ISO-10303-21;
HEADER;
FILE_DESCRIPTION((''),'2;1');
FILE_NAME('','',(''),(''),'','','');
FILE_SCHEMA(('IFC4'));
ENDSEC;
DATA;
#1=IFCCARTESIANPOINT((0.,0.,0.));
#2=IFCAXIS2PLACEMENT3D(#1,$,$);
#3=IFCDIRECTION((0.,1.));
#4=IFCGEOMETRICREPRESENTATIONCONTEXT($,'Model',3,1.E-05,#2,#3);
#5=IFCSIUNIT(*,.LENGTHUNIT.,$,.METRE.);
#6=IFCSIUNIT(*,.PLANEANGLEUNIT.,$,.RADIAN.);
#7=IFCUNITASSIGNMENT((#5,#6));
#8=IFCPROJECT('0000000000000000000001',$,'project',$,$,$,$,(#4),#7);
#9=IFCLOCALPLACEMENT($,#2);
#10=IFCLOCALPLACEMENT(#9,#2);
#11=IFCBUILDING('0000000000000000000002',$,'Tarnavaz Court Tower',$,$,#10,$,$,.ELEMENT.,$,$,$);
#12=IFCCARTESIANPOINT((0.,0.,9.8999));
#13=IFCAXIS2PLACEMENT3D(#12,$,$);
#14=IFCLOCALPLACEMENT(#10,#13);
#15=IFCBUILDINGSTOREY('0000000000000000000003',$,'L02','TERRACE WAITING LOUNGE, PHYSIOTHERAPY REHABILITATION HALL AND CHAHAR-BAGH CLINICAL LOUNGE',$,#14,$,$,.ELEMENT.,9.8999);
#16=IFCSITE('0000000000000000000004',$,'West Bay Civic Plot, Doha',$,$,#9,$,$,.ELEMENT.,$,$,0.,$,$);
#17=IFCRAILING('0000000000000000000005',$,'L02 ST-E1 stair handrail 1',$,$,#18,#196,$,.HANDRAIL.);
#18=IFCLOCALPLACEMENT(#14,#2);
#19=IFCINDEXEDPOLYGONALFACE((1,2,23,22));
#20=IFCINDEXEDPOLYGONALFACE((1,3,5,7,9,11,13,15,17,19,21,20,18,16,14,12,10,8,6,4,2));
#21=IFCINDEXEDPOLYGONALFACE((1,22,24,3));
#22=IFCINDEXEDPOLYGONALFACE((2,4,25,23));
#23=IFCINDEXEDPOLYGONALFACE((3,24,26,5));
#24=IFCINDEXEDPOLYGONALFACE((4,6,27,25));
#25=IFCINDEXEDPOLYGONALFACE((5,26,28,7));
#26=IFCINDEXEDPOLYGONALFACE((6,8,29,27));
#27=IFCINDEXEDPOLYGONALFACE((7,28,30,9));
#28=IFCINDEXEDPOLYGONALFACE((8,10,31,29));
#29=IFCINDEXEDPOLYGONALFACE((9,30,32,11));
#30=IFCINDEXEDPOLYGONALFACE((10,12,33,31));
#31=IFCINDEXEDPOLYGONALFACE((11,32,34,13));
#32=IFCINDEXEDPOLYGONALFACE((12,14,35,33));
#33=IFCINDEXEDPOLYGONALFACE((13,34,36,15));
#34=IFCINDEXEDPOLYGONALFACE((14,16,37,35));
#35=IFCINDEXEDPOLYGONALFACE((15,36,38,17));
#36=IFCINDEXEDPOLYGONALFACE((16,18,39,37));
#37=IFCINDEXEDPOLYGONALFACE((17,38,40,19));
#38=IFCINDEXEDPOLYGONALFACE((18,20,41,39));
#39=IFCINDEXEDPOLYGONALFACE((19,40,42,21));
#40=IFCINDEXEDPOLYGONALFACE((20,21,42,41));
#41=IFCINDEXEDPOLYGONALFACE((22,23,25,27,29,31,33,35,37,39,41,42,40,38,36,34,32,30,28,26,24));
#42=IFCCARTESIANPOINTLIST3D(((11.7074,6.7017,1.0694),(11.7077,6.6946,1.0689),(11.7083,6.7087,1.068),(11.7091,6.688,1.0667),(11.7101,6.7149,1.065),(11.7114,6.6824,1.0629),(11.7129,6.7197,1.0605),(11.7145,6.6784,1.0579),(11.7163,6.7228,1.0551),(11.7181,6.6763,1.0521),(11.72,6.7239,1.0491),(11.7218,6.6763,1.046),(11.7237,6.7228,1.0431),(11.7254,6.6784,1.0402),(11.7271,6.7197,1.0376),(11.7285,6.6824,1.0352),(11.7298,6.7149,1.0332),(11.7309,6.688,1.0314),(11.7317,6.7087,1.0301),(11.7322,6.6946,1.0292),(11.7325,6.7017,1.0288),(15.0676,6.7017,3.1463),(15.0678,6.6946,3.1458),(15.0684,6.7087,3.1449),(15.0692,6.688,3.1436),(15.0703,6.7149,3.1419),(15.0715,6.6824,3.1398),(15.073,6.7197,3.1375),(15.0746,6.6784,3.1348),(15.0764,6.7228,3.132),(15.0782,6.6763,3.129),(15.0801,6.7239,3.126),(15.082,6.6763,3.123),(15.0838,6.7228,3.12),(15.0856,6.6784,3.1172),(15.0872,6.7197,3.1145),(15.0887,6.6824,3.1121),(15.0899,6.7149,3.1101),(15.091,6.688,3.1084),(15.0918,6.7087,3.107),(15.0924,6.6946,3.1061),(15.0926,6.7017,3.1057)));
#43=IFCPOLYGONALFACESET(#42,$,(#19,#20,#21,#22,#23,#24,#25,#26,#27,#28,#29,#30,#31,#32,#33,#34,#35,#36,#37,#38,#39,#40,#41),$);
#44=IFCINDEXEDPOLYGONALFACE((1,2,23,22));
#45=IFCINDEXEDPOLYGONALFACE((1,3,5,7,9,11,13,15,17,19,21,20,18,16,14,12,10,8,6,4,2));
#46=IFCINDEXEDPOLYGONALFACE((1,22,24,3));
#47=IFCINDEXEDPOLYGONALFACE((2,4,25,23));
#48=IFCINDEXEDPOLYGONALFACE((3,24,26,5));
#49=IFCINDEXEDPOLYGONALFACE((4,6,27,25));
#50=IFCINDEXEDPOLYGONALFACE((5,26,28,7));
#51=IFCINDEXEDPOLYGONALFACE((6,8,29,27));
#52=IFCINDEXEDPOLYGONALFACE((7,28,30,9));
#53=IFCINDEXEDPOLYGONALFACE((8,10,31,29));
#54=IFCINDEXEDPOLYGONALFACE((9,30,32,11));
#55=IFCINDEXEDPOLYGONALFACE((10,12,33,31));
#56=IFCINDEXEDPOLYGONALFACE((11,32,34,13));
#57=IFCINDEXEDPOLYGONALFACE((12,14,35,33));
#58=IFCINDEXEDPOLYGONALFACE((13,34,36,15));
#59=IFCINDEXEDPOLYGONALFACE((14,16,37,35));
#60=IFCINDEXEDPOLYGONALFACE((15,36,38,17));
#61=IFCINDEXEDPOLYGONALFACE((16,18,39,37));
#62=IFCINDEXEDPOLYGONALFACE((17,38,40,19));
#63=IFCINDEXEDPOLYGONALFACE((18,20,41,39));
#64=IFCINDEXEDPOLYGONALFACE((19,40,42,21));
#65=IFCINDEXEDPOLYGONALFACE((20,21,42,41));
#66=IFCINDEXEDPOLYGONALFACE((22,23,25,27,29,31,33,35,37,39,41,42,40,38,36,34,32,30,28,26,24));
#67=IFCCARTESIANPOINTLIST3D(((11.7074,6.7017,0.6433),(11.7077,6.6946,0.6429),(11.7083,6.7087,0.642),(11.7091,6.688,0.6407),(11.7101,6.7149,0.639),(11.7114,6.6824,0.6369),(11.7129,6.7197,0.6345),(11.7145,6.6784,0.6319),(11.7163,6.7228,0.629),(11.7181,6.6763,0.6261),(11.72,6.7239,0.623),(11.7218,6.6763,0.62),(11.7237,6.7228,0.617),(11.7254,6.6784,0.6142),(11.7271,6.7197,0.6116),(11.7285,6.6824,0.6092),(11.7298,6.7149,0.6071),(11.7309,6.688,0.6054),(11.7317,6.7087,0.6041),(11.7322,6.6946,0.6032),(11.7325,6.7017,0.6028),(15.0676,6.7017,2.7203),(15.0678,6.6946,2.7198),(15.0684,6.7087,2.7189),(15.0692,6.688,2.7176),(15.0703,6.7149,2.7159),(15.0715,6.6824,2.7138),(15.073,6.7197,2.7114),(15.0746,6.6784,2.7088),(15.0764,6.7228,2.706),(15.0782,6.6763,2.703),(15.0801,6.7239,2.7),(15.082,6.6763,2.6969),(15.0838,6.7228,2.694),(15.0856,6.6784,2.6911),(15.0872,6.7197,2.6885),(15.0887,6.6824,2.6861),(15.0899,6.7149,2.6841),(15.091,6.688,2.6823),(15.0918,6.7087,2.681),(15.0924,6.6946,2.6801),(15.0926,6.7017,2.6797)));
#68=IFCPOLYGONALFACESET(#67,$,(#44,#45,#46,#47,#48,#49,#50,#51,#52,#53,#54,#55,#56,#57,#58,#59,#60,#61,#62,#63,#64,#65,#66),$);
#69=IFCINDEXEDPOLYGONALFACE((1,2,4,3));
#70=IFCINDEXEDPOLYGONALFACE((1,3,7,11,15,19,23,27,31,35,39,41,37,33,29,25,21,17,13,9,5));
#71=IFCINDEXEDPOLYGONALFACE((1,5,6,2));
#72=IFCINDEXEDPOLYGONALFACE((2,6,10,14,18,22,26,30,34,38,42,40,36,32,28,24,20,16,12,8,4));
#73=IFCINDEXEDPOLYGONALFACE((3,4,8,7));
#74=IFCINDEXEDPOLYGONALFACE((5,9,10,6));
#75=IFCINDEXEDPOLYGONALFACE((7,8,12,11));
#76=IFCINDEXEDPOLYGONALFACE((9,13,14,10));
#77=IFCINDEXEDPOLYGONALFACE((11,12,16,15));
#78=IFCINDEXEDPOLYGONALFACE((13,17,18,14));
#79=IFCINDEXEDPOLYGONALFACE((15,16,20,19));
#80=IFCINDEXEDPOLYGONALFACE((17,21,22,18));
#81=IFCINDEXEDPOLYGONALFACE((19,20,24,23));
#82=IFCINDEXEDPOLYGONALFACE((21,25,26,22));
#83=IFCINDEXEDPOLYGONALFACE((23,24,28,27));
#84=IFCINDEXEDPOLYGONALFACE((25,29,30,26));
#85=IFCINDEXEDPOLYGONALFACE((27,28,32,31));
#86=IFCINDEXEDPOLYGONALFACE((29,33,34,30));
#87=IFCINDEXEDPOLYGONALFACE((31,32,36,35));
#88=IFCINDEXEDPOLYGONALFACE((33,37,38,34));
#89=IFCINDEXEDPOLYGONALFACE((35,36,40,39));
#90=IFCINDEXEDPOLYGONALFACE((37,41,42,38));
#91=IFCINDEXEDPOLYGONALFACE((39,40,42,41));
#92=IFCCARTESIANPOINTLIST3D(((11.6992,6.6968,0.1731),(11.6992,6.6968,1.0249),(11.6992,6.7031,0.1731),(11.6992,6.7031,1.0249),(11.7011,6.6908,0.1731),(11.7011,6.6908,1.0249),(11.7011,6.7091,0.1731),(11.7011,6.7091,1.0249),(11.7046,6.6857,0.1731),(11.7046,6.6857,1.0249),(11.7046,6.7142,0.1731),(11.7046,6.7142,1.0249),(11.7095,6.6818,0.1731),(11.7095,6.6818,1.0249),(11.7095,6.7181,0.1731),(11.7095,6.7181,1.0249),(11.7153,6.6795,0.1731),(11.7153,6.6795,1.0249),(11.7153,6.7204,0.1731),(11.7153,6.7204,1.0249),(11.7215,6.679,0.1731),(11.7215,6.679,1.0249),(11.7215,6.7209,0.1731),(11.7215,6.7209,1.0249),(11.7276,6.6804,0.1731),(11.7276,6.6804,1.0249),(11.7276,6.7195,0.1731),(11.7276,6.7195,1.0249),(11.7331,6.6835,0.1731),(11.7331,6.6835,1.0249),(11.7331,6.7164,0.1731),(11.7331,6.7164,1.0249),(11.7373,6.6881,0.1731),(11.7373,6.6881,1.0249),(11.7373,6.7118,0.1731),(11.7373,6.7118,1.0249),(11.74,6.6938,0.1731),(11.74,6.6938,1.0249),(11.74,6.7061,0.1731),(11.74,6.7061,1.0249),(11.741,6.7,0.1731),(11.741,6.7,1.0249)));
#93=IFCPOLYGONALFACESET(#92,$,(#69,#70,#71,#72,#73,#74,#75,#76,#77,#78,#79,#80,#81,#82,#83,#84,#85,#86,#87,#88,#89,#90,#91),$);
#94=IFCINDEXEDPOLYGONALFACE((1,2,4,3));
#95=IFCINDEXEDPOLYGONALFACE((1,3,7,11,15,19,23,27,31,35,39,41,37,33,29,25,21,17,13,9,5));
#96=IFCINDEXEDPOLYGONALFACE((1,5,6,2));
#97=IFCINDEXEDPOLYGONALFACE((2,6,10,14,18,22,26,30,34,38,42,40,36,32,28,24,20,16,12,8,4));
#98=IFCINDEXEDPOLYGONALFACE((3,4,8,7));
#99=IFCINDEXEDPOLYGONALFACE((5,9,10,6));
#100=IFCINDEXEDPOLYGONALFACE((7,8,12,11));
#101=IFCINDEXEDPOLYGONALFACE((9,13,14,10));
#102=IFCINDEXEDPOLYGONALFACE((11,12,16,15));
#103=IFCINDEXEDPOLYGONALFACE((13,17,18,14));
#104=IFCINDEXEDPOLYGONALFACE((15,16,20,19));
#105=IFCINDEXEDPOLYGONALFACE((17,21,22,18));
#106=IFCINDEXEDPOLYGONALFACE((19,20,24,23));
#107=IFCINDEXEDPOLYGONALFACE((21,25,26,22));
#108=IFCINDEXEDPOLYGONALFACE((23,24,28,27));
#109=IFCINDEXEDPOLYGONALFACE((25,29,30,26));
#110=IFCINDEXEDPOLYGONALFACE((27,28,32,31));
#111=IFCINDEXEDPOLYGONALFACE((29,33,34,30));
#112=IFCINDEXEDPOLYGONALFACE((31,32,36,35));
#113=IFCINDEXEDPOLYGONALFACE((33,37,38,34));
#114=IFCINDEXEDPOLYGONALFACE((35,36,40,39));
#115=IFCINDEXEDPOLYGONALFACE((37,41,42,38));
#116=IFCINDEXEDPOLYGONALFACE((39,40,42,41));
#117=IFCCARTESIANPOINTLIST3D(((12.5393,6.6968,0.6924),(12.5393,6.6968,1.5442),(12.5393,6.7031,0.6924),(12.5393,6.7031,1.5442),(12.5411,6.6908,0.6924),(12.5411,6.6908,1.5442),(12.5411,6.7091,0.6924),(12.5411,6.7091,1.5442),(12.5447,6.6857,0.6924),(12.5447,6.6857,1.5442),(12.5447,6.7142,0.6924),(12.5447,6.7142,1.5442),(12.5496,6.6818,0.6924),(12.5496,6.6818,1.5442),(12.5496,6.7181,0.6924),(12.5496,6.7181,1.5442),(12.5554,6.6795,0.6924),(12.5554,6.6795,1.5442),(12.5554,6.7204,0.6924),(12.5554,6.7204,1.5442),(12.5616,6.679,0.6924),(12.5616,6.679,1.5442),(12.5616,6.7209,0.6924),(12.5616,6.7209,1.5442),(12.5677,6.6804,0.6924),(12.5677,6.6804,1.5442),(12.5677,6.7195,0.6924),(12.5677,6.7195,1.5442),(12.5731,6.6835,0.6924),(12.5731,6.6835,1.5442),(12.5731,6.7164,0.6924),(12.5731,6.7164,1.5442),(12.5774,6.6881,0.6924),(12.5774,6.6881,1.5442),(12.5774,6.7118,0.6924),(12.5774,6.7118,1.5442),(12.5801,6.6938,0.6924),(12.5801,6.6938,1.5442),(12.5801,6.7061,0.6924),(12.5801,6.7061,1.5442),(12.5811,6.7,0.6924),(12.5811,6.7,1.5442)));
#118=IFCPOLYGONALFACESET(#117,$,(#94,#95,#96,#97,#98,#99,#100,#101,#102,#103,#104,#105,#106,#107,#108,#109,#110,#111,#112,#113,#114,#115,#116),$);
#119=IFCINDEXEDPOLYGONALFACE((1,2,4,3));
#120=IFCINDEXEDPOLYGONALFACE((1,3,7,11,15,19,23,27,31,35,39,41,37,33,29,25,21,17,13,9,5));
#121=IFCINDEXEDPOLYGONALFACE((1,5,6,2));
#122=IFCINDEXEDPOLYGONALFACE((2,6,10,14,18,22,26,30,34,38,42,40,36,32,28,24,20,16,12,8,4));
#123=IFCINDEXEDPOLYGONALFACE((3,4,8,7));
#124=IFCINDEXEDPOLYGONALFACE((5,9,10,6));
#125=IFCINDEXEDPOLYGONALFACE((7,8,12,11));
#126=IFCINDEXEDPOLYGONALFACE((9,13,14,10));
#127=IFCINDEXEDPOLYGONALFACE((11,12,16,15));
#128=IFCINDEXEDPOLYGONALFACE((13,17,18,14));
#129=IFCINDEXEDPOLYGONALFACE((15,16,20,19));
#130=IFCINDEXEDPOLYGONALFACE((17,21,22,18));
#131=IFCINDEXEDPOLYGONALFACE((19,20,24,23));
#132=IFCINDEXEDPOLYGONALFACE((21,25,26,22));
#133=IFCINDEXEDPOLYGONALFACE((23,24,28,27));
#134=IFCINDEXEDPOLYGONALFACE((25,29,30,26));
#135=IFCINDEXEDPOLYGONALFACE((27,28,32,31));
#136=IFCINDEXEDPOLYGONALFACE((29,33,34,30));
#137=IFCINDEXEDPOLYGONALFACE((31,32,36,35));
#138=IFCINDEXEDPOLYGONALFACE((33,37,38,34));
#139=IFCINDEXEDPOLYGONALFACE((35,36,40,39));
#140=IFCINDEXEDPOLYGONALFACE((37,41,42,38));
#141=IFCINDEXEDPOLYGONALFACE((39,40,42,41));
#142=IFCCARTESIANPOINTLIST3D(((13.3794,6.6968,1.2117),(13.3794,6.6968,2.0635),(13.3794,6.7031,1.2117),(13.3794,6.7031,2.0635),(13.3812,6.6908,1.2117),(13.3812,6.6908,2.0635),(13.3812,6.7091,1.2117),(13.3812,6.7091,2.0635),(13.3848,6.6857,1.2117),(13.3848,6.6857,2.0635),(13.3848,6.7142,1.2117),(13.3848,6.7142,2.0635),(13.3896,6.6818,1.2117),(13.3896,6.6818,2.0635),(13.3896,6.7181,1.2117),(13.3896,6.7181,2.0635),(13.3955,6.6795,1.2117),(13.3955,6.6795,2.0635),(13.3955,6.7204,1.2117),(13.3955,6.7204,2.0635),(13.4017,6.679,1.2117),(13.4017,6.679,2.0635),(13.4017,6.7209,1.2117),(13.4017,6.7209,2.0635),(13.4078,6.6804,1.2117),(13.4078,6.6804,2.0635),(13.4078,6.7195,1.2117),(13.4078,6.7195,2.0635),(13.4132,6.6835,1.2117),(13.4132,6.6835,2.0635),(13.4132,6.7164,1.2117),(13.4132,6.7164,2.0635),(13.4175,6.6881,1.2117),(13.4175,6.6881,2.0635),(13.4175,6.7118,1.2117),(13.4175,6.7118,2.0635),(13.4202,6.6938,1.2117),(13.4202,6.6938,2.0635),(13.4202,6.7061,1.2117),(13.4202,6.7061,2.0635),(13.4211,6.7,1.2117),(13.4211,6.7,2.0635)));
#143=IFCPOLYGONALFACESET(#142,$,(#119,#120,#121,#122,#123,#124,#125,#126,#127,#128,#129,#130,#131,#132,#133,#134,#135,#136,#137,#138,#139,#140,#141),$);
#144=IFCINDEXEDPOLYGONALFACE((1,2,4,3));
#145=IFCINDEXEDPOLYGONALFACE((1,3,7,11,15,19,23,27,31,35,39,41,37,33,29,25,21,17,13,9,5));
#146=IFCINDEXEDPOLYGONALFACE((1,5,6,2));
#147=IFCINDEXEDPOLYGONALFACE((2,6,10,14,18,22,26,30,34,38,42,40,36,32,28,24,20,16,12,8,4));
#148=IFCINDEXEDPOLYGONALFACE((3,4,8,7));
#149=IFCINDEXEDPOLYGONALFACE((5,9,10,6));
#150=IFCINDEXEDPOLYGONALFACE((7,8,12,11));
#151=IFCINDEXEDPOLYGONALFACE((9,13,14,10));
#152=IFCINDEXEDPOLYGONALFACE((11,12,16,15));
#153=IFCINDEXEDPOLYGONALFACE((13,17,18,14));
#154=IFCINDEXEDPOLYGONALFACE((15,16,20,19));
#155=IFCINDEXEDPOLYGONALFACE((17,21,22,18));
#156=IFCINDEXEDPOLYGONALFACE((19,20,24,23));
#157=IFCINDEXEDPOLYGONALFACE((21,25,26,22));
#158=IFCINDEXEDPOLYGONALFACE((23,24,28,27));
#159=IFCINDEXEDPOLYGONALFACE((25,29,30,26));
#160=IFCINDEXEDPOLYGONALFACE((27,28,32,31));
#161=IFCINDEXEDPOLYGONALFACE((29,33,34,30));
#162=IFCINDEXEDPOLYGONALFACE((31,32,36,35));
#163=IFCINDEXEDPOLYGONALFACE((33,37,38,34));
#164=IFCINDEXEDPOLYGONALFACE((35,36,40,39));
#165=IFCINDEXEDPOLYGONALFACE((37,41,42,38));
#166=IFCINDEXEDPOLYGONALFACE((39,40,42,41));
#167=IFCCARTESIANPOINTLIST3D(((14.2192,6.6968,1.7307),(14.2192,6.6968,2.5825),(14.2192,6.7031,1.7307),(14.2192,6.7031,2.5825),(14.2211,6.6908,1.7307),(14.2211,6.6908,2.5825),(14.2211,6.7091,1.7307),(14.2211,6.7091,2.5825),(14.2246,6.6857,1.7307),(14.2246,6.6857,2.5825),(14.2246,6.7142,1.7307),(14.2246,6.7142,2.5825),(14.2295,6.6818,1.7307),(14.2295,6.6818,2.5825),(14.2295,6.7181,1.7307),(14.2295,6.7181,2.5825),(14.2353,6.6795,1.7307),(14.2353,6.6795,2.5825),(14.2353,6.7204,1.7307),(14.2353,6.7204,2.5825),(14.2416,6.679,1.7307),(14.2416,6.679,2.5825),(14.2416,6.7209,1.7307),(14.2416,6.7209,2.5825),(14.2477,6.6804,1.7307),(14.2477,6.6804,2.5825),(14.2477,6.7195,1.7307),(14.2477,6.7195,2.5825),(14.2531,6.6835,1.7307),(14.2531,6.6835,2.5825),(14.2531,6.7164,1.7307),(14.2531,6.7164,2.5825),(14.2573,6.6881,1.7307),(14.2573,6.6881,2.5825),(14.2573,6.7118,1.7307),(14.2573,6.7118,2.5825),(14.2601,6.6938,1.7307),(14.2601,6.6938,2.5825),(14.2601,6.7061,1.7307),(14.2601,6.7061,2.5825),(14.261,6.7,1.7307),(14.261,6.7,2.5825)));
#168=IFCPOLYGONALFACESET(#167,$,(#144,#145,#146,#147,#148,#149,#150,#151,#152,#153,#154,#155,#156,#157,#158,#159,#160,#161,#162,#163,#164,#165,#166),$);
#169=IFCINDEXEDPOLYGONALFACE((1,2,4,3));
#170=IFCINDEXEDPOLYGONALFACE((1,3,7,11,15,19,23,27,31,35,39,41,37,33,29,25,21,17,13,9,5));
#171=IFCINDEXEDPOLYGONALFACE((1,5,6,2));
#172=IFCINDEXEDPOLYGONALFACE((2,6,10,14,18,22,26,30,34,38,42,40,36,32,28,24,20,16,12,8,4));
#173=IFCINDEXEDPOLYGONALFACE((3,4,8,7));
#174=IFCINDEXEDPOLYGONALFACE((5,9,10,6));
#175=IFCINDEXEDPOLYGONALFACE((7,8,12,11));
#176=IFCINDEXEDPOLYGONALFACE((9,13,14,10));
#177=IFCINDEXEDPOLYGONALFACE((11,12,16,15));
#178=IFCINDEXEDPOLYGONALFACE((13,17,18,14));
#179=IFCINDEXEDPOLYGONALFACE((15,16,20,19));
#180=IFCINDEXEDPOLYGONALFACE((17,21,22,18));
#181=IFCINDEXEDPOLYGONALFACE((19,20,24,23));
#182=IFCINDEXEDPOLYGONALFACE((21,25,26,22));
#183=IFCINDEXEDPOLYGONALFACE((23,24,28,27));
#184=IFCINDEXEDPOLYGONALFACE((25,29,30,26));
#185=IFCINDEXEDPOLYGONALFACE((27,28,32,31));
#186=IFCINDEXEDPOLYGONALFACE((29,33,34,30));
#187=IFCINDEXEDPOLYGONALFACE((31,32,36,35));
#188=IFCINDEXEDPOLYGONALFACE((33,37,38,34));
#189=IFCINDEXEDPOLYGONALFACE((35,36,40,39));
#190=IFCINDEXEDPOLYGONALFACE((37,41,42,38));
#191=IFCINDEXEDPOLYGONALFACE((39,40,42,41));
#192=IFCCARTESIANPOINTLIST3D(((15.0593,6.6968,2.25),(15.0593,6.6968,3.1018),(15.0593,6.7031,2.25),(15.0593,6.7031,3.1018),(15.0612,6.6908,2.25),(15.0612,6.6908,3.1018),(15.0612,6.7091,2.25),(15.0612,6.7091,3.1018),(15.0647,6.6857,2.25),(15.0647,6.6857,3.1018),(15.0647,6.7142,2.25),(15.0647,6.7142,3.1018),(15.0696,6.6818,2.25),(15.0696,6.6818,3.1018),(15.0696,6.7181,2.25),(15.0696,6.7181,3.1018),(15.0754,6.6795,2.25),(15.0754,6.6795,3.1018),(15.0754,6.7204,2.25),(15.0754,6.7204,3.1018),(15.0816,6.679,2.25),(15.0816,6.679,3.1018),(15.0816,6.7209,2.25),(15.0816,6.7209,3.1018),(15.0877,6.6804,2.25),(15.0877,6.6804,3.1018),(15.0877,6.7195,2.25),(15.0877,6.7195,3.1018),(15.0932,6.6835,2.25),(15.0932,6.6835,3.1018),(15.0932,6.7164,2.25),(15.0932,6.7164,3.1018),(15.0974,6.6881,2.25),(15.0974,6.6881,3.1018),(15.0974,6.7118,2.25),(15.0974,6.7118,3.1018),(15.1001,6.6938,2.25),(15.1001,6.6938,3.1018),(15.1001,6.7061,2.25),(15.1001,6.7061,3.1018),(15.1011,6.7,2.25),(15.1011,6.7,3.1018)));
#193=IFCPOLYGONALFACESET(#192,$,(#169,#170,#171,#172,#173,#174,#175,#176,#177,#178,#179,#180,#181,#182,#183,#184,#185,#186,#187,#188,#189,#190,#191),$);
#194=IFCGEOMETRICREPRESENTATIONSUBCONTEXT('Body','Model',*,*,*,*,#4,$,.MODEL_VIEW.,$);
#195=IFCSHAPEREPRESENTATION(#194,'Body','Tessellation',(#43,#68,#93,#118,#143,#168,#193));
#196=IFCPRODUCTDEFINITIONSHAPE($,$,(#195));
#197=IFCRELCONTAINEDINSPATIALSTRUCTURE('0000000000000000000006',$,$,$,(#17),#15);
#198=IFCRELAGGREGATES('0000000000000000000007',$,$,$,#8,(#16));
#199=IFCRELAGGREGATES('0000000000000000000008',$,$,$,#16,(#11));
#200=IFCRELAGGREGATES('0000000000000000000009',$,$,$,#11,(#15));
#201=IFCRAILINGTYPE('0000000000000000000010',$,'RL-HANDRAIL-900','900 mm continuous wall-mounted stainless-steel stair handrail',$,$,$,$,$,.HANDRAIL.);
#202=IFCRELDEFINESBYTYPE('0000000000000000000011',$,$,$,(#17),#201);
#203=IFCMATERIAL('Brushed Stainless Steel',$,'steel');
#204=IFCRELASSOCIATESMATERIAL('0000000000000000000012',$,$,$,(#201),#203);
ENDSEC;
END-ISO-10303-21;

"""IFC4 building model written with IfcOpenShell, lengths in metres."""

from ifc_helpers import new_model, si_unit, direction, frame, origin, origin_2d, place, context, subcontext, project, spatial, circle, extrude, material, type_object, element, save


model = new_model("IFC4")

# Units and contexts
model_context = context("Model", 3, precision=1e-05, world=origin(), true_north=direction((0.0, 1.0)))
body_context = subcontext(model_context, "Body", "Model", "MODEL_VIEW")
ifc_project = project(units=[si_unit("LENGTHUNIT", "METRE"), si_unit("PLANEANGLEUNIT", "RADIAN")], contexts=[model_context])

# Site, building, storey
site_placement = place(None, origin())
site = spatial("IfcSite", under=ifc_project, at=site_placement, Name="West Bay Civic Plot, Doha", CompositionType="ELEMENT", RefElevation=0.0)
building_placement = place(site_placement, origin())
building = spatial("IfcBuilding", under=site, at=building_placement, Name="Tarnavaz Court Tower", CompositionType="ELEMENT")
storey_placement = place(building_placement, frame((0.0, 0.0, 9.8999)))
storey = spatial("IfcBuildingStorey", under=building, at=storey_placement, Name="L02", Description="TERRACE WAITING LOUNGE, PHYSIOTHERAPY REHABILITATION HALL AND CHAHAR-BAGH CLINICAL LOUNGE", CompositionType="ELEMENT", Elevation=9.8999)

# Railing
ifc_material_1 = material(Name="Brushed Stainless Steel", Category="steel")
railing_type_1 = type_object("IfcRailingType", Name="RL-HANDRAIL-900", Description="900 mm continuous wall-mounted stainless-steel stair handrail", PredefinedType="HANDRAIL", material=ifc_material_1)
railing_1_placement = place(storey_placement, frame((11.72, 6.7, 0.1731)))
element("IfcRailing", 1, at=railing_1_placement, inside=storey, type_object=railing_type_1, Name="L02 ST-E1 stair handrail 1", PredefinedType="HANDRAIL", context=body_context, shape_type="SweptSolid", body=[
    extrude(circle(Radius=0.0239, at=origin_2d()), frame((0.0, 0.0, 0.876), z_axis=(0.850623, 0.0, 0.525776), x_axis=(0.0, 1.0, 0.0)), (0.0, 0.0, 1.0), 3.9502),
    extrude(circle(Radius=0.0239, at=origin_2d()), frame((0.0, 0.0, 0.45), z_axis=(0.850623, 0.0, 0.525776), x_axis=(0.0, 1.0, 0.0)), (0.0, 0.0, 1.0), 3.9502),
    extrude(circle(Radius=0.021, at=origin_2d()), origin(), (0.0, 0.0, 1.0), 0.8518),
    extrude(circle(Radius=0.021, at=origin_2d()), frame((0.8401, 0.0, 0.5193)), (0.0, 0.0, 1.0), 0.8518),
    extrude(circle(Radius=0.021, at=origin_2d()), frame((1.6802, 0.0, 1.0386)), (0.0, 0.0, 1.0), 0.8518),
    extrude(circle(Radius=0.021, at=origin_2d()), frame((2.52, 0.0, 1.5576)), (0.0, 0.0, 1.0), 0.8518),
    extrude(circle(Radius=0.021, at=origin_2d()), frame((3.3601, 0.0, 2.0769)), (0.0, 0.0, 1.0), 0.8518),
])

save(model, "model.ifc")
